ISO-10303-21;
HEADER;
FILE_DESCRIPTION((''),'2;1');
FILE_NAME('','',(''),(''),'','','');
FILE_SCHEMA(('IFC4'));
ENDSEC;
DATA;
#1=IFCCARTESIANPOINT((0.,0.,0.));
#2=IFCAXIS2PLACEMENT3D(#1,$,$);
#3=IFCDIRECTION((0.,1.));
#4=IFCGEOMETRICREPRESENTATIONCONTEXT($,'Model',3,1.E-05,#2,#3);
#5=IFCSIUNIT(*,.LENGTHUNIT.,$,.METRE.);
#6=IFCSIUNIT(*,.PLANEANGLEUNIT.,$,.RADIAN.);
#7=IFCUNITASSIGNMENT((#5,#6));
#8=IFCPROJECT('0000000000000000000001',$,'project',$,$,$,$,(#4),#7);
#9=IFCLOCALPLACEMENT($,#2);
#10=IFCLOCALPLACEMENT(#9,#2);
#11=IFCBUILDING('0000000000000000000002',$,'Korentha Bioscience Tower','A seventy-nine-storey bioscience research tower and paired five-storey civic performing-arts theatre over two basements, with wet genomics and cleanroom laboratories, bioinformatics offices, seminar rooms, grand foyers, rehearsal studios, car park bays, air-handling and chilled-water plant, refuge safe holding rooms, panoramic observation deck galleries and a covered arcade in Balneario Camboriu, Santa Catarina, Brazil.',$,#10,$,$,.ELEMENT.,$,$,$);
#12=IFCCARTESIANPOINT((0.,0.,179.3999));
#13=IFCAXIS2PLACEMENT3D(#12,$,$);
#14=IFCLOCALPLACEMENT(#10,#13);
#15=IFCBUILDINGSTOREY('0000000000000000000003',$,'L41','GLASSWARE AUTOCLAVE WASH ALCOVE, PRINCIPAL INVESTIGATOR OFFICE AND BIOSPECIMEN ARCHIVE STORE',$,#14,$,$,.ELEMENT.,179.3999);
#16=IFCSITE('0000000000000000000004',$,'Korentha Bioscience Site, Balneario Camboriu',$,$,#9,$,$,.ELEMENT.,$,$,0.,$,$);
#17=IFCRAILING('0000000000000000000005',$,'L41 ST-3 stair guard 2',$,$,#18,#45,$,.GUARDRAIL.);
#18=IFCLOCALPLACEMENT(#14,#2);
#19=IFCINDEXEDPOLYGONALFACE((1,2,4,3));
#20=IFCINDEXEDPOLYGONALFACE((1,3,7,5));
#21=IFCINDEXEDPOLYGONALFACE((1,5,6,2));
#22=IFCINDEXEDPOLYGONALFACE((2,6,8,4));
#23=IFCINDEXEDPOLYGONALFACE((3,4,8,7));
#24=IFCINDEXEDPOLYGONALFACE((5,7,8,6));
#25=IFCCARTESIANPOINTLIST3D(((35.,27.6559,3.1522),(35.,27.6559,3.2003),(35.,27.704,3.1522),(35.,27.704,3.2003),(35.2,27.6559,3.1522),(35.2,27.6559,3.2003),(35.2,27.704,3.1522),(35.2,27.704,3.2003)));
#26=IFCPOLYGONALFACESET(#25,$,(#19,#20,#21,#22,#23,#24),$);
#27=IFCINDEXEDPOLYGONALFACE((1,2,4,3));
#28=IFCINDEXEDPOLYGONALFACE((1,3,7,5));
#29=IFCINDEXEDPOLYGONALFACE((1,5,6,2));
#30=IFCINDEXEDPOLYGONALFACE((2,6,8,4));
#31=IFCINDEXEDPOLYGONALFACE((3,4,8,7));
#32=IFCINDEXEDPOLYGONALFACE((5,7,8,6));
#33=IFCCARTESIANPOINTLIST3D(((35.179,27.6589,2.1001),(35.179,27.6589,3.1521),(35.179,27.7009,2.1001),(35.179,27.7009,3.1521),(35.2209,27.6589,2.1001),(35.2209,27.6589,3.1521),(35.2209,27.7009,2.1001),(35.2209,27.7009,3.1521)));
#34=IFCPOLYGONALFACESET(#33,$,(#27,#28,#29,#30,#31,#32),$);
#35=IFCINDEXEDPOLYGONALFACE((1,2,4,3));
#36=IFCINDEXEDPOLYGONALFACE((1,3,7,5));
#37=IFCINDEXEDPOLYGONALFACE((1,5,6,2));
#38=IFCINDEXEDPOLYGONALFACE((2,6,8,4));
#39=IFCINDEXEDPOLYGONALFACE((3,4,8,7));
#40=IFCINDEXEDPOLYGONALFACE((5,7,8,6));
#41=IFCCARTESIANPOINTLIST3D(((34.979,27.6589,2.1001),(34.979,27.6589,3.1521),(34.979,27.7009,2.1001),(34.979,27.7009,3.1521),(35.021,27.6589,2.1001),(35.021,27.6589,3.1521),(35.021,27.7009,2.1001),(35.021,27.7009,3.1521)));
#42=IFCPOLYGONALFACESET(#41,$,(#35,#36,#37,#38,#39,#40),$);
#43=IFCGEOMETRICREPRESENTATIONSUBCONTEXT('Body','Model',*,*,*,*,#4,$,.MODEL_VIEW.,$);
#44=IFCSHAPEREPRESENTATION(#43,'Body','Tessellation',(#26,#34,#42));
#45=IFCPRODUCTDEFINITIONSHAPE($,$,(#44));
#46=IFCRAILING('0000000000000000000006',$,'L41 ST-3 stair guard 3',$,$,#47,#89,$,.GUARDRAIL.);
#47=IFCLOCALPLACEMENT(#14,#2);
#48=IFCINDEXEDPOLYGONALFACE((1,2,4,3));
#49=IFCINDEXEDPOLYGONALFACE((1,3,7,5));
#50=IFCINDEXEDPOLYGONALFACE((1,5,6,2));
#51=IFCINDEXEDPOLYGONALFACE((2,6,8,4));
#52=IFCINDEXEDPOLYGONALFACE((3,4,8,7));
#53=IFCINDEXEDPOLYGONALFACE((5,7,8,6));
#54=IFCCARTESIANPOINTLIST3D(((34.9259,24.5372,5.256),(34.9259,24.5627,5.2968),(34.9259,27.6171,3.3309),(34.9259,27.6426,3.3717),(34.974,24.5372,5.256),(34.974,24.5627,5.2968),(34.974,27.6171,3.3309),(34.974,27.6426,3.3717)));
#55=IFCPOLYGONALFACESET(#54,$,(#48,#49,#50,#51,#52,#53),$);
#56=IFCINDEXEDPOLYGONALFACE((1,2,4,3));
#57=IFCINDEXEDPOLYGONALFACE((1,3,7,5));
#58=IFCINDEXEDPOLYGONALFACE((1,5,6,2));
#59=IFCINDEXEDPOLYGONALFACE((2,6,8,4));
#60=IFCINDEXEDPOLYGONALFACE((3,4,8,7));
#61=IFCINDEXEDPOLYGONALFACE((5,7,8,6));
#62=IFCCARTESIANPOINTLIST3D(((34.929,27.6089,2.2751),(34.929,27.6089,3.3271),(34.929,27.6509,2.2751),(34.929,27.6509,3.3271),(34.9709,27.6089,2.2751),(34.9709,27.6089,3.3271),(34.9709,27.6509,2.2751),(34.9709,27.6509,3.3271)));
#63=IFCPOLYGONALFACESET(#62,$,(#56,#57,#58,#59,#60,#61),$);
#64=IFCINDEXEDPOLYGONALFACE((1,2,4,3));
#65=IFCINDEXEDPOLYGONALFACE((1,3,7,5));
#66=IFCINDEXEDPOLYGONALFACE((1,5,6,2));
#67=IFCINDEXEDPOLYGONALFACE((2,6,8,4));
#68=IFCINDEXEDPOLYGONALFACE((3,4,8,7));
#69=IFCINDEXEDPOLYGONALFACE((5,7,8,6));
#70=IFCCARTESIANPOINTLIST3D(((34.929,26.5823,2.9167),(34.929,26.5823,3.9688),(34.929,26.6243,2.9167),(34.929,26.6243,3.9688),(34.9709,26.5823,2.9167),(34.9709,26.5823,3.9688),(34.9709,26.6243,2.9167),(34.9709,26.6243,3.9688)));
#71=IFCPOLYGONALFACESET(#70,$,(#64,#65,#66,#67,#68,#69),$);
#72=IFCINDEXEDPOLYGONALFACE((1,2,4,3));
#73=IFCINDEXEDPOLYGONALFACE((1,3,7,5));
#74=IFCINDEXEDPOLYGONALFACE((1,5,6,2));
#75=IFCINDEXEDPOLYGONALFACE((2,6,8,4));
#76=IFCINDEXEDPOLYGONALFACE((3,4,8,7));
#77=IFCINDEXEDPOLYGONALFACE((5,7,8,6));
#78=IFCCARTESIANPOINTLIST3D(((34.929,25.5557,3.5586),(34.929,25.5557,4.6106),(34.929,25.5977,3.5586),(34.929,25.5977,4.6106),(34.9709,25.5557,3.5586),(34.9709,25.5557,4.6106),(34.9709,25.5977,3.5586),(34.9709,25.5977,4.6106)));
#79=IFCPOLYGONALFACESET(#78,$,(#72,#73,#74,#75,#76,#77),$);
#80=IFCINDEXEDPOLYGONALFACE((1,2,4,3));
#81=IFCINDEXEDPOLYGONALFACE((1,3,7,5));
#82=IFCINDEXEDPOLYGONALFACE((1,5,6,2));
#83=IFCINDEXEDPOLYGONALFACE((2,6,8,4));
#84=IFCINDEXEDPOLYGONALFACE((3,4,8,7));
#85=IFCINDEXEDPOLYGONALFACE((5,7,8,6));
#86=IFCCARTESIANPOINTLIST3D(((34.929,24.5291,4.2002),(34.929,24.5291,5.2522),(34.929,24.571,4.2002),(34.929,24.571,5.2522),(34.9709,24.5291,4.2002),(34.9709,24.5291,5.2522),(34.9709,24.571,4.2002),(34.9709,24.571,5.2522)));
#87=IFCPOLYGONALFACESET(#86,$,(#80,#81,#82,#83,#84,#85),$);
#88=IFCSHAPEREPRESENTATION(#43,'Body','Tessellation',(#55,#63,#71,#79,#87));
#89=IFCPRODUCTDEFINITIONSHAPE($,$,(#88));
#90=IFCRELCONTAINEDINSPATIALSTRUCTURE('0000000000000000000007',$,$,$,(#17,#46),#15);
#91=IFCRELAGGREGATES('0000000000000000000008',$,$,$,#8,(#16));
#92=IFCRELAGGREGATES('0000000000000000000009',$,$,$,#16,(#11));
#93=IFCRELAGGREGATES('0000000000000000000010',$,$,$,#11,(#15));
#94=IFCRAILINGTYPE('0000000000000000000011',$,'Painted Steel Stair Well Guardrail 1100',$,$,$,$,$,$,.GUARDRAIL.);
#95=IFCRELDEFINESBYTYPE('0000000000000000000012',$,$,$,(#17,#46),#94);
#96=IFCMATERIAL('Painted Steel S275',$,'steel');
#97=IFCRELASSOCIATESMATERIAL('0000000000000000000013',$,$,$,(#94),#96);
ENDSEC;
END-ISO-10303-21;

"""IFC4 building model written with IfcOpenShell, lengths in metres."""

from ifc_helpers import new_model, si_unit, direction, frame, origin, origin_2d, place, context, subcontext, project, spatial, rectangle, extrude, material, type_object, element, save


model = new_model("IFC4")

# Units and contexts
model_context = context("Model", 3, precision=1e-05, world=origin(), true_north=direction((0.0, 1.0)))
body_context = subcontext(model_context, "Body", "Model", "MODEL_VIEW")
ifc_project = project(units=[si_unit("LENGTHUNIT", "METRE"), si_unit("PLANEANGLEUNIT", "RADIAN")], contexts=[model_context])

# Site, building, storey
site_placement = place(None, origin())
site = spatial("IfcSite", under=ifc_project, at=site_placement, Name="Korentha Bioscience Site, Balneario Camboriu", CompositionType="ELEMENT", RefElevation=0.0)
building_placement = place(site_placement, origin())
building = spatial("IfcBuilding", under=site, at=building_placement, Name="Korentha Bioscience Tower", Description="A seventy-nine-storey bioscience research tower and paired five-storey civic performing-arts theatre over two basements, with wet genomics and cleanroom laboratories, bioinformatics offices, seminar rooms, grand foyers, rehearsal studios, car park bays, air-handling and chilled-water plant, refuge safe holding rooms, panoramic observation deck galleries and a covered arcade in Balneario Camboriu, Santa Catarina, Brazil.", CompositionType="ELEMENT")
storey_placement = place(building_placement, frame((0.0, 0.0, 179.3999)))
storey = spatial("IfcBuildingStorey", under=building, at=storey_placement, Name="L41", Description="GLASSWARE AUTOCLAVE WASH ALCOVE, PRINCIPAL INVESTIGATOR OFFICE AND BIOSPECIMEN ARCHIVE STORE", CompositionType="ELEMENT", Elevation=179.3999)

# Railings
ifc_material_1 = material(Name="Painted Steel S275", Category="steel")
railing_type_1 = type_object("IfcRailingType", Name="Painted Steel Stair Well Guardrail 1100", PredefinedType="GUARDRAIL", material=ifc_material_1)
railing_1_placement = place(storey_placement, frame((35.2, 27.6799, 2.1001)))
element("IfcRailing", 1, at=railing_1_placement, inside=storey, type_object=railing_type_1, Name="L41 ST-3 stair guard 2", PredefinedType="GUARDRAIL", context=body_context, shape_type="SweptSolid", body=[
    extrude(rectangle(XDim=0.0481, YDim=0.0481, at=origin_2d()), frame((0.0, 0.0, 1.0762), z_axis=(-1.0, 0.0, 0.0), x_axis=(0.0, -1.0, 0.0)), (0.0, 0.0, 1.0), 0.2),
    extrude(rectangle(XDim=0.042, YDim=0.042, at=origin_2d()), origin(), (0.0, 0.0, 1.0), 1.052),
    extrude(rectangle(XDim=0.042, YDim=0.042, at=origin_2d()), frame((-0.2, 0.0, 0.0)), (0.0, 0.0, 1.0), 1.052),
])
railing_2_placement = place(storey_placement, frame((34.95, 27.6299, 2.2751)))
element("IfcRailing", 2, at=railing_2_placement, inside=storey, type_object=railing_type_1, Name="L41 ST-3 stair guard 3", PredefinedType="GUARDRAIL", context=body_context, shape_type="SweptSolid", body=[
    extrude(rectangle(XDim=0.0481, YDim=0.0481, at=origin_2d()), frame((0.0, 0.0, 1.0762), z_axis=(0.0, -0.847979, 0.530029), x_axis=(1.0, 0.0, 0.0)), (0.0, 0.0, 1.0), 3.6321),
    extrude(rectangle(XDim=0.042, YDim=0.042, at=origin_2d()), origin(), (0.0, 0.0, 1.0), 1.052),
    extrude(rectangle(XDim=0.042, YDim=0.042, at=origin_2d()), frame((0.0, -1.0266, 0.6416)), (0.0, 0.0, 1.0), 1.052),
    extrude(rectangle(XDim=0.042, YDim=0.042, at=origin_2d()), frame((0.0, -2.0532, 1.2834)), (0.0, 0.0, 1.0), 1.052),
    extrude(rectangle(XDim=0.042, YDim=0.042, at=origin_2d()), frame((0.0, -3.0798, 1.925)), (0.0, 0.0, 1.0), 1.052),
])

save(model, "model.ifc")
